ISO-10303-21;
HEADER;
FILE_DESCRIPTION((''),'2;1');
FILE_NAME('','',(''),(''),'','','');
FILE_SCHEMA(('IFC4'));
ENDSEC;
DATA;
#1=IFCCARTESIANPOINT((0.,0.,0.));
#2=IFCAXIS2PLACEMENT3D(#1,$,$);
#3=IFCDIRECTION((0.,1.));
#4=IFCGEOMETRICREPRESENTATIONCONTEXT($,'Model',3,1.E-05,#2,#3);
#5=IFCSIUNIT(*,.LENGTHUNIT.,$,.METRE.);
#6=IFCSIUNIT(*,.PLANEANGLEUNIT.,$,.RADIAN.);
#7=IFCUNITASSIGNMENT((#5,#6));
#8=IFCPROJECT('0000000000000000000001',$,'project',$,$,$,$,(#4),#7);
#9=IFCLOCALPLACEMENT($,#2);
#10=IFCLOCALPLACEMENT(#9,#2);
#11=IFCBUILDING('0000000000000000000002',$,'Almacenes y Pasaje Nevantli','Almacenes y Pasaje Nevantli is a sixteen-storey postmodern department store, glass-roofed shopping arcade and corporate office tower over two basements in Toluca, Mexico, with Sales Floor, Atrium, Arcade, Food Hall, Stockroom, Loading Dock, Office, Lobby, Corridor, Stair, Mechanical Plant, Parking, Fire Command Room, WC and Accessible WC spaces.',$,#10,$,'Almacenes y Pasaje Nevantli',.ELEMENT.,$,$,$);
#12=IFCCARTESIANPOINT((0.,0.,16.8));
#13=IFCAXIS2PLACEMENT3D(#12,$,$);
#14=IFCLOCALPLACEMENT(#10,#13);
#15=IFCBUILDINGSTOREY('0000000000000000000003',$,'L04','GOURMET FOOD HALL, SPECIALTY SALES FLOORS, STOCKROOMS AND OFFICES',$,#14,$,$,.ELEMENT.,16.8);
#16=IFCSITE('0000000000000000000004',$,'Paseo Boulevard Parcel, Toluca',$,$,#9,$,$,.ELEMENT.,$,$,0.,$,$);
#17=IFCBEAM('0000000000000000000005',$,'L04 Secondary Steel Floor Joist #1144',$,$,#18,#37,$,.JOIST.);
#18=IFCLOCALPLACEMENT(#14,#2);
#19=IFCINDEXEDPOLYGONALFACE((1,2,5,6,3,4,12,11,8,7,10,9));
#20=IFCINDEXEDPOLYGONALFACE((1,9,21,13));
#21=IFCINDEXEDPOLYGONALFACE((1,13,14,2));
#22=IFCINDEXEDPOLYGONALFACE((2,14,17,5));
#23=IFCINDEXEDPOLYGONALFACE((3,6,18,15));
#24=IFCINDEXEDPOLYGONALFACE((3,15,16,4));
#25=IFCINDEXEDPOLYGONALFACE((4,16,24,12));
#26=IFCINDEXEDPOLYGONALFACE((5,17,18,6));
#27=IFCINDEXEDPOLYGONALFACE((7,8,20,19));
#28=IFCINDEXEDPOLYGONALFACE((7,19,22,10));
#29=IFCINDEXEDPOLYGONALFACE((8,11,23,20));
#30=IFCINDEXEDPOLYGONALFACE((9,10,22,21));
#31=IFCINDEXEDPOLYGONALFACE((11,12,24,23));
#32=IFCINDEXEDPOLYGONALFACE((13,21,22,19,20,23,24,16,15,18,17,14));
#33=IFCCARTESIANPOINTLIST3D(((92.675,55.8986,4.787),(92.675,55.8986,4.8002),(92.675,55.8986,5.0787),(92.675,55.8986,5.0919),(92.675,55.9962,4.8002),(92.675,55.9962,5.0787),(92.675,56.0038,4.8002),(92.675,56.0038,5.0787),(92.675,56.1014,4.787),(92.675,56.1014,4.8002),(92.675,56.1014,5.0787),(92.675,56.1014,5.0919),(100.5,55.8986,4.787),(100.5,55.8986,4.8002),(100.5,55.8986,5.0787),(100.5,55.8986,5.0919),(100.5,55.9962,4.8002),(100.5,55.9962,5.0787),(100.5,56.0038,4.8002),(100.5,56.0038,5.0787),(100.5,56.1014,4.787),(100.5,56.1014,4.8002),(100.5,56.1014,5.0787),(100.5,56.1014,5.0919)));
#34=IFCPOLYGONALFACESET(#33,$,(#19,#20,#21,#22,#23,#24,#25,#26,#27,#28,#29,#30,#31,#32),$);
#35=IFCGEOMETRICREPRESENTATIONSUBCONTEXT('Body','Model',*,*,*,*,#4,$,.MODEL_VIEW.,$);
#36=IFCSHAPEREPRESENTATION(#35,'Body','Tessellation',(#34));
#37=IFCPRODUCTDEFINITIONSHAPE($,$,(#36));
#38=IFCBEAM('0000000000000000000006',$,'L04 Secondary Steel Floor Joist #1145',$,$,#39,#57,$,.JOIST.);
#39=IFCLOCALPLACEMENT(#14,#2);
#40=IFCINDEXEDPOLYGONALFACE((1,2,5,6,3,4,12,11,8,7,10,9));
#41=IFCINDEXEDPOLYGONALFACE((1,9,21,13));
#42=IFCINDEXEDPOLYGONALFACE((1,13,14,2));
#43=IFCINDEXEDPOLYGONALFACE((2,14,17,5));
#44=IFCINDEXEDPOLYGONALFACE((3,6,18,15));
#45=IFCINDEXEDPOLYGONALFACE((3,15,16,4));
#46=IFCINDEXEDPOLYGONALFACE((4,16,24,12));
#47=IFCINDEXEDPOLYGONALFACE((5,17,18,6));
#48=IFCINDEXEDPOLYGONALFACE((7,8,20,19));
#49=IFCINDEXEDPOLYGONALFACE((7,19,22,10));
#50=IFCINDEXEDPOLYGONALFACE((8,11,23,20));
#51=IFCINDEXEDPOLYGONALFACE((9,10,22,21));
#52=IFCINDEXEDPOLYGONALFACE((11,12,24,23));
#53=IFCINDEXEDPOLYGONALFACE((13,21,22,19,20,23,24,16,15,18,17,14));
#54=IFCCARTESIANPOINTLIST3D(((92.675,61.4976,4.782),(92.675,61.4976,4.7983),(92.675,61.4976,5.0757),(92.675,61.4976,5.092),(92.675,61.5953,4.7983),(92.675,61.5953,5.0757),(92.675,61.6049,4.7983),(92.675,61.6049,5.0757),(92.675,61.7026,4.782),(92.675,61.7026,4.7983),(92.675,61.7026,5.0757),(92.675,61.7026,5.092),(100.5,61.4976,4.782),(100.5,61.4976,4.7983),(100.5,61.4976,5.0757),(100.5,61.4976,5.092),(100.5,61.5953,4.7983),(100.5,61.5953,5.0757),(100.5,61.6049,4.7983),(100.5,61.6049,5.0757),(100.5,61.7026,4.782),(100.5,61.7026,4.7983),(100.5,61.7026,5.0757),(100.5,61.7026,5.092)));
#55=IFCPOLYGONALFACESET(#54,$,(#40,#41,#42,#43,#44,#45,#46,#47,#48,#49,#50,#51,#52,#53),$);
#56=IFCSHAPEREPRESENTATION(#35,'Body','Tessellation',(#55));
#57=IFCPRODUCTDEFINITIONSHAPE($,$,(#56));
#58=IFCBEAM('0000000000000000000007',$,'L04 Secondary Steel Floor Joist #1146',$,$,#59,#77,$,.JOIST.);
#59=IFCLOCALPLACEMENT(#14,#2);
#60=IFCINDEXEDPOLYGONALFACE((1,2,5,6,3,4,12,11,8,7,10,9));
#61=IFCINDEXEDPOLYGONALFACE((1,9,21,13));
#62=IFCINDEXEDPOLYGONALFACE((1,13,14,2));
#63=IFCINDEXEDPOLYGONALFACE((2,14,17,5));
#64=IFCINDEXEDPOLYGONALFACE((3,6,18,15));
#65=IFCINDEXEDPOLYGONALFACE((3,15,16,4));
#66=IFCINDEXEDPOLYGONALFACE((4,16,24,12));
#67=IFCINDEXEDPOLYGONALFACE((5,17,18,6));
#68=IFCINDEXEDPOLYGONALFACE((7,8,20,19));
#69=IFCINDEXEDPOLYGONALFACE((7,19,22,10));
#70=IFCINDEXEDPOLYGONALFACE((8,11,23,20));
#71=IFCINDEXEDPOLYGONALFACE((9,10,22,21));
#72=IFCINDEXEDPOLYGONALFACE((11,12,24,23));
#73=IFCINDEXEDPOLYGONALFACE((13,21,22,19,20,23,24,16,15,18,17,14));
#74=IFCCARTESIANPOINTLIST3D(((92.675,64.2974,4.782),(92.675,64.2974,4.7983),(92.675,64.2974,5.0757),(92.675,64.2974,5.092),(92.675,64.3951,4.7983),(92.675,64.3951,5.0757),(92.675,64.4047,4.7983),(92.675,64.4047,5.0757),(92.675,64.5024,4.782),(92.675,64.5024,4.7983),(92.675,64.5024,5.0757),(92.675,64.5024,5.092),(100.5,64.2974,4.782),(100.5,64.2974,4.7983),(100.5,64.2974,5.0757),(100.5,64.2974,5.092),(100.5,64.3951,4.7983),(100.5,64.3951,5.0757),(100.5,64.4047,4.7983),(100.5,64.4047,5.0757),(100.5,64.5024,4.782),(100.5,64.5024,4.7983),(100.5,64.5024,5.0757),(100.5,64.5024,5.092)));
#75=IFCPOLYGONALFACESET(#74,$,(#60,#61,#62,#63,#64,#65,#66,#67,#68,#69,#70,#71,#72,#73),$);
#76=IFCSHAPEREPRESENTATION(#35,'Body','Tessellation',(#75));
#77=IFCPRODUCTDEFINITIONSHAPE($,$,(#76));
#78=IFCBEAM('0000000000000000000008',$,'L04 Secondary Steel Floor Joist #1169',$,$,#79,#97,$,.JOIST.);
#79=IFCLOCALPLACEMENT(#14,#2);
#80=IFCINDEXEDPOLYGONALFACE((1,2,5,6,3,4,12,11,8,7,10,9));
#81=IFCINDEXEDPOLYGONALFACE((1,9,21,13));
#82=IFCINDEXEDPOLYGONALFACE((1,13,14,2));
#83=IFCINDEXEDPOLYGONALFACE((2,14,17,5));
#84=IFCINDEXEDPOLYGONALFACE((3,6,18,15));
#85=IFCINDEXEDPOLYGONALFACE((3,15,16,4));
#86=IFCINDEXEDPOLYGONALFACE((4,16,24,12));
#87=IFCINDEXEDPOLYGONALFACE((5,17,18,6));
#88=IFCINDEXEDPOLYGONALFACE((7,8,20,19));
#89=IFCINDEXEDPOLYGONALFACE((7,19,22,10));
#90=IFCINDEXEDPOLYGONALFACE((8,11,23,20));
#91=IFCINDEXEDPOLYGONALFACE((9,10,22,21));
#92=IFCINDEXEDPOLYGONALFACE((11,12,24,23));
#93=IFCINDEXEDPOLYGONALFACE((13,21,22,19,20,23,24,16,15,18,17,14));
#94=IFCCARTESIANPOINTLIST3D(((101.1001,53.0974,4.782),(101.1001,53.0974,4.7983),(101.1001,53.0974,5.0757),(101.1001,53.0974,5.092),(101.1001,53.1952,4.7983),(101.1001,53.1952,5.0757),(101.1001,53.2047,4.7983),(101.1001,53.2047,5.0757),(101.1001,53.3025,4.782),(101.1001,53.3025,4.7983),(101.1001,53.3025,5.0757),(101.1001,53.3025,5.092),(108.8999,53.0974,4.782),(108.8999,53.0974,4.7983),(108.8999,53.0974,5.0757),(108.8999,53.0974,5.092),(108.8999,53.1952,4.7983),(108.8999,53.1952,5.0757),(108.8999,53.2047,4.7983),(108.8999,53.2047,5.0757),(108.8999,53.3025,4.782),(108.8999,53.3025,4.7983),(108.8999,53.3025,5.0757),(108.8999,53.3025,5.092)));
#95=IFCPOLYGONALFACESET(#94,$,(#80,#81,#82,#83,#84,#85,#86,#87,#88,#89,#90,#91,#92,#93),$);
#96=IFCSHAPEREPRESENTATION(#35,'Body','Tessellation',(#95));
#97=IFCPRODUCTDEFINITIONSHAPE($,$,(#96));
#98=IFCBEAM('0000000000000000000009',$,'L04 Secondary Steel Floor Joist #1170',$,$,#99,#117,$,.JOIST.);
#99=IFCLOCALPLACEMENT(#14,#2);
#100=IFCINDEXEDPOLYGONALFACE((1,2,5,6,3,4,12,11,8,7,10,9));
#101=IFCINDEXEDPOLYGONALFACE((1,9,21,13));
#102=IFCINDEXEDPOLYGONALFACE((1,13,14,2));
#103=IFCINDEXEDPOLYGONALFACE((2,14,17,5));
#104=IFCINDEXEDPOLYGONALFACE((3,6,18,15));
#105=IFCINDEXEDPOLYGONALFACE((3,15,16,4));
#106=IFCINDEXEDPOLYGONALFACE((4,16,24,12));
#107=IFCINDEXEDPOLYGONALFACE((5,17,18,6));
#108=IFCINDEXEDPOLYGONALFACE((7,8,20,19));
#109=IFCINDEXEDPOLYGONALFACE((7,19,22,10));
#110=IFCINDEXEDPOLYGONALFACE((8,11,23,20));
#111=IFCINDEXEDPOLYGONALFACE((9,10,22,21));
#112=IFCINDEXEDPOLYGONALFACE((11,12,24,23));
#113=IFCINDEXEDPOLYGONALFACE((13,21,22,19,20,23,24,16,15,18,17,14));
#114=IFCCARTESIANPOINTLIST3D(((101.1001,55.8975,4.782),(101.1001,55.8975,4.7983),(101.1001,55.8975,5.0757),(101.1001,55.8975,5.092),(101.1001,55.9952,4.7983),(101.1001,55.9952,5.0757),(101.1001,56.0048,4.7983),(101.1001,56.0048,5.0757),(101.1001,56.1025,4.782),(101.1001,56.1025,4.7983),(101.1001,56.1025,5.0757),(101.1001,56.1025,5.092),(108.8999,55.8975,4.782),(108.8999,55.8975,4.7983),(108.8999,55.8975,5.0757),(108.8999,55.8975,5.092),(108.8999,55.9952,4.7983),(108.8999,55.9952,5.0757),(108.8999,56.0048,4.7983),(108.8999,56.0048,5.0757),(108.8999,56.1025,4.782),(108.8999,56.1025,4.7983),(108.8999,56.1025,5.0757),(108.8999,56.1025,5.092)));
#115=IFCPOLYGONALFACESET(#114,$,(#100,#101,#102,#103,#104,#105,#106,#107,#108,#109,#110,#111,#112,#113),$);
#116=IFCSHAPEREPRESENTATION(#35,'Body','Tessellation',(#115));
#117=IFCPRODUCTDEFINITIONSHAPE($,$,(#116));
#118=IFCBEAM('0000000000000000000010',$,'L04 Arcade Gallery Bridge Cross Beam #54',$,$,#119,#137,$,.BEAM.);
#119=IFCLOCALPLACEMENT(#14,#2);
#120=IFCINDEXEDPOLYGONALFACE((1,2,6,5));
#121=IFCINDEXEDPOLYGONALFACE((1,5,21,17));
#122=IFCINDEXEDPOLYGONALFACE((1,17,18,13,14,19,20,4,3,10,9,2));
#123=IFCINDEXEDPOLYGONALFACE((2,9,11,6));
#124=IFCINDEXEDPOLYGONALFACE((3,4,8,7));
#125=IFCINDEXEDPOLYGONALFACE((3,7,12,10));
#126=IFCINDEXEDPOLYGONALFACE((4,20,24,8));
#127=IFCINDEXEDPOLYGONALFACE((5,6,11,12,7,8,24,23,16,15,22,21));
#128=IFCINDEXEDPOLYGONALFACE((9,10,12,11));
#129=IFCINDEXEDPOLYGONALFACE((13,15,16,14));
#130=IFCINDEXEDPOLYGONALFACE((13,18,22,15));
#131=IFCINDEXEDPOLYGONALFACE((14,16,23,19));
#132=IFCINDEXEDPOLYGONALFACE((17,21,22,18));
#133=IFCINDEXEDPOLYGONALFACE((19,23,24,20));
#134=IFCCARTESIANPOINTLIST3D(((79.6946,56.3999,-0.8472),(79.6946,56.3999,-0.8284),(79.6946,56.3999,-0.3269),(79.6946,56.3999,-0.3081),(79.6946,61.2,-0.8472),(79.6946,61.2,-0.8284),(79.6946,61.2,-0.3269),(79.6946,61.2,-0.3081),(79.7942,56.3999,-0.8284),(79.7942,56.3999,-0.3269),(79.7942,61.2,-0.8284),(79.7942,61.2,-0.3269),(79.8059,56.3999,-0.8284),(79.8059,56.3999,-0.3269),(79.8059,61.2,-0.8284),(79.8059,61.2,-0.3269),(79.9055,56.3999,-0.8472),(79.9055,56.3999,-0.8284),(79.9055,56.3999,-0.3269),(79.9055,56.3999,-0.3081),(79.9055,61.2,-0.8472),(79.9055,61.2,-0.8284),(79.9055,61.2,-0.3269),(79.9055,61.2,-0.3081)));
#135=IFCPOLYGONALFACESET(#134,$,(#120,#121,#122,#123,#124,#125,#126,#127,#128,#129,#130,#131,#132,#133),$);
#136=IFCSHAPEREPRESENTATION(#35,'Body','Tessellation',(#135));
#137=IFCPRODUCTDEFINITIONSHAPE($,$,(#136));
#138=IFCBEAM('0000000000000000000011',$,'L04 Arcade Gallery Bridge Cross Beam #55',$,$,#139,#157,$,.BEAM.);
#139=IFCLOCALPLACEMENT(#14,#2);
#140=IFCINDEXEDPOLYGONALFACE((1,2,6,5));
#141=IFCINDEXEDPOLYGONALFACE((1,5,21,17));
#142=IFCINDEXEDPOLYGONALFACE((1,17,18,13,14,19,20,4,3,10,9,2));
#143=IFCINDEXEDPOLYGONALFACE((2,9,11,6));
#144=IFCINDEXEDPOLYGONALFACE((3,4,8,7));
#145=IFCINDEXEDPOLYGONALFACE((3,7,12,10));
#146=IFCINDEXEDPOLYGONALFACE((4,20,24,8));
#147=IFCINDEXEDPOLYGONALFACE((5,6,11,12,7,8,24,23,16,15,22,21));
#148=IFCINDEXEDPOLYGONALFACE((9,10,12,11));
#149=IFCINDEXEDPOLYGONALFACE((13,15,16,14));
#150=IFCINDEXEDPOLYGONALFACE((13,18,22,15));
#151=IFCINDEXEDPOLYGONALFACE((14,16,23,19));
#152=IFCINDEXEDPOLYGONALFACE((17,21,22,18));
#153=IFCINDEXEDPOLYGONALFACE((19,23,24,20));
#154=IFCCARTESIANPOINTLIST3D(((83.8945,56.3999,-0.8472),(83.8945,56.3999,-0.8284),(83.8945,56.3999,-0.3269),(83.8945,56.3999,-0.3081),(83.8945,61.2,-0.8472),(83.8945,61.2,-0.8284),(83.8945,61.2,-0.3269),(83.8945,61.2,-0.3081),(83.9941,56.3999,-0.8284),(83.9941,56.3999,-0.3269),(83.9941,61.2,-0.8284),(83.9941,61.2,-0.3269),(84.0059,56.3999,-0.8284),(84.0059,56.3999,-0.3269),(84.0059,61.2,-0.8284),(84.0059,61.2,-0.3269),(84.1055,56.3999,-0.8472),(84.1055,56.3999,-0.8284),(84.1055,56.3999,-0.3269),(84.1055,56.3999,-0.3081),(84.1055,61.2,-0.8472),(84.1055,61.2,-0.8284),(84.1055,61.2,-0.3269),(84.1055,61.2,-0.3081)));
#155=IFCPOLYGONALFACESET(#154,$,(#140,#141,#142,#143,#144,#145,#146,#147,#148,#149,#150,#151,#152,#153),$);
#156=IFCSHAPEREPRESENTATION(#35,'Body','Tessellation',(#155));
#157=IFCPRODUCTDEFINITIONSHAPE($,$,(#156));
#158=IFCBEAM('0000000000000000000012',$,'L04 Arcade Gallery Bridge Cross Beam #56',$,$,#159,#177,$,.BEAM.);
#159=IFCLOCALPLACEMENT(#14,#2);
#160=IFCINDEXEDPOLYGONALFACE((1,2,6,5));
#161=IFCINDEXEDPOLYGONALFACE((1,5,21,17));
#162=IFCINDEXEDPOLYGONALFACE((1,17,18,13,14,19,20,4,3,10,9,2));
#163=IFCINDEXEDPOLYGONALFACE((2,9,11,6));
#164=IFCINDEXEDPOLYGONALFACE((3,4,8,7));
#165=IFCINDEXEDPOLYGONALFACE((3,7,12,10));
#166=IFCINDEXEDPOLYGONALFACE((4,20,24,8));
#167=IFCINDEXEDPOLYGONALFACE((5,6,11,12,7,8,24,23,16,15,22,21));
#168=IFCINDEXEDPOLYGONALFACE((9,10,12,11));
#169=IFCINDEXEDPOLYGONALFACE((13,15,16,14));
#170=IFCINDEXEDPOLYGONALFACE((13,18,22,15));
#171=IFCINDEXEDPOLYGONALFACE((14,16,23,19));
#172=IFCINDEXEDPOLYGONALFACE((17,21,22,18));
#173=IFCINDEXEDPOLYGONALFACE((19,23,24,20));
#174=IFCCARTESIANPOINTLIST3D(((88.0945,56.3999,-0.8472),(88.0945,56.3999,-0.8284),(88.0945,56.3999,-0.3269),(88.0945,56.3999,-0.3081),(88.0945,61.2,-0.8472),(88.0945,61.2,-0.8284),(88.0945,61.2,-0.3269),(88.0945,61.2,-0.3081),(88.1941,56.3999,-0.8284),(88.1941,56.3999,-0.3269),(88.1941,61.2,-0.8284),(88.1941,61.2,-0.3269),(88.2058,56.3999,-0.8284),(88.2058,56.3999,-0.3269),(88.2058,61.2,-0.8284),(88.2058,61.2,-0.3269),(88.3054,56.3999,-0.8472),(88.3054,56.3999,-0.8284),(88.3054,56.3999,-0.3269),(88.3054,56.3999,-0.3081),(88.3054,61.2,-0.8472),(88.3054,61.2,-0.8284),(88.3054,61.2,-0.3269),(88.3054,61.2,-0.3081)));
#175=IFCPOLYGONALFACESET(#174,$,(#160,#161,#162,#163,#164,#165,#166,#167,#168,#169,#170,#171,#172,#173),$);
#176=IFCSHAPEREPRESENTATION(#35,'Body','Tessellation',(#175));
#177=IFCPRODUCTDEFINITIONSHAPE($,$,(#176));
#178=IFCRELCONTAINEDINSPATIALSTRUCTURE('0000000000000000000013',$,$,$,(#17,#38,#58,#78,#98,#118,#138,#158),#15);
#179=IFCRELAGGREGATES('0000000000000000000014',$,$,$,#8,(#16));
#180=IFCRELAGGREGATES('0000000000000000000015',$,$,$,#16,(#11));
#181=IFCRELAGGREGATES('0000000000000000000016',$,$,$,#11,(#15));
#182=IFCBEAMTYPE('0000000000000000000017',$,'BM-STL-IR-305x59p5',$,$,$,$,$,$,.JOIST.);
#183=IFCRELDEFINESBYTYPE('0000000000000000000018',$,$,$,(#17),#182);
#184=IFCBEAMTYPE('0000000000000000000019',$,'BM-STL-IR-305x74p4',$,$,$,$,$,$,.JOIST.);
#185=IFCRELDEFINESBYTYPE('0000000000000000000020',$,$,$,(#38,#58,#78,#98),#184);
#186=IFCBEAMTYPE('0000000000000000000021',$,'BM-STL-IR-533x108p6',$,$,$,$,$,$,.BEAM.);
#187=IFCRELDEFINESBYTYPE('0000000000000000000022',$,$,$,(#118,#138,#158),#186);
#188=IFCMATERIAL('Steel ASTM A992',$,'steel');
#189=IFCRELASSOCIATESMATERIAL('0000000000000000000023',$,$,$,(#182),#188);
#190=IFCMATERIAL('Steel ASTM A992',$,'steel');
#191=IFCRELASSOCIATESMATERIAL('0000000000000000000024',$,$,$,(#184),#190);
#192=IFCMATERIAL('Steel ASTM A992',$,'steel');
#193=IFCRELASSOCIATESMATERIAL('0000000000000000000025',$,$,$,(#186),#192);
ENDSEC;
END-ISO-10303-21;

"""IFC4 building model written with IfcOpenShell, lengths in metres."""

from ifc_helpers import new_model, si_unit, direction, frame, origin, origin_2d, place, context, subcontext, project, spatial, i_section, extrude, material, material_profile, profile_set, type_object, element, save


model = new_model("IFC4")

# Units and contexts
model_context = context("Model", 3, precision=1e-05, world=origin(), true_north=direction((0.0, 1.0)))
body_context = subcontext(model_context, "Body", "Model", "MODEL_VIEW")
ifc_project = project(units=[si_unit("LENGTHUNIT", "METRE"), si_unit("PLANEANGLEUNIT", "RADIAN")], contexts=[model_context])

# Site, building, storey
site_placement = place(None, origin())
site = spatial("IfcSite", under=ifc_project, at=site_placement, Name="Paseo Boulevard Parcel, Toluca", CompositionType="ELEMENT", RefElevation=0.0)
building_placement = place(site_placement, origin())
building = spatial("IfcBuilding", under=site, at=building_placement, Name="Almacenes y Pasaje Nevantli", Description="Almacenes y Pasaje Nevantli is a sixteen-storey postmodern department store, glass-roofed shopping arcade and corporate office tower over two basements in Toluca, Mexico, with Sales Floor, Atrium, Arcade, Food Hall, Stockroom, Loading Dock, Office, Lobby, Corridor, Stair, Mechanical Plant, Parking, Fire Command Room, WC and Accessible WC spaces.", LongName="Almacenes y Pasaje Nevantli", CompositionType="ELEMENT")
storey_placement = place(building_placement, frame((0.0, 0.0, 16.8)))
storey = spatial("IfcBuildingStorey", under=building, at=storey_placement, Name="L04", Description="GOURMET FOOD HALL, SPECIALTY SALES FLOORS, STOCKROOMS AND OFFICES", CompositionType="ELEMENT", Elevation=16.8)

# Beams
ifc_material_1 = material(Name="Steel ASTM A992", Category="steel")
ifc_material_profile_1 = material_profile(ifc_material_1, i_section(OverallWidth=0.2029, OverallDepth=0.3049, WebThickness=0.0076, FlangeThickness=0.0132, at=origin_2d()), Name="IR 305x59.5")
ifc_profile_set_1 = profile_set([ifc_material_profile_1], Name="Steel ASTM A992")
beam_type_1 = type_object("IfcBeamType", Name="BM-STL-IR-305x59p5", PredefinedType="JOIST", material=ifc_profile_set_1)
for number, where, z_axis, x_axis, name in (
    (1, (92.675, 56.0, 4.9395), (1.0, 0.0, 0.0), (0.0, 1.0, 0.0), "L04 Secondary Steel Floor Joist #1144"),
):
    element("IfcBeam", number, at=place(storey_placement, frame(where, z_axis=z_axis, x_axis=x_axis)), inside=storey, type_object=beam_type_1, Name=name, PredefinedType="JOIST", context=body_context, shape_type="SweptSolid", body=[
        extrude(i_section(OverallWidth=0.2029, OverallDepth=0.3049, WebThickness=0.0076, FlangeThickness=0.0132, at=origin_2d()), origin(), (0.0, 0.0, 1.0), 7.825),
    ])
ifc_material_2 = material(Name="Steel ASTM A992", Category="steel")
ifc_material_profile_2 = material_profile(ifc_material_2, i_section(OverallWidth=0.2051, OverallDepth=0.3101, WebThickness=0.0095, FlangeThickness=0.0164, at=origin_2d()), Name="IR 305x74.4")
ifc_profile_set_2 = profile_set([ifc_material_profile_2], Name="Steel ASTM A992")
beam_type_2 = type_object("IfcBeamType", Name="BM-STL-IR-305x74p4", PredefinedType="JOIST", material=ifc_profile_set_2)
for number, where, z_axis, x_axis, name in (
    (2, (92.675, 61.6001, 4.937), (1.0, 0.0, 0.0), (0.0, 1.0, 0.0), "L04 Secondary Steel Floor Joist #1145"),
    (3, (92.675, 64.3999, 4.937), (1.0, 0.0, 0.0), (0.0, 1.0, 0.0), "L04 Secondary Steel Floor Joist #1146"),
):
    element("IfcBeam", number, at=place(storey_placement, frame(where, z_axis=z_axis, x_axis=x_axis)), inside=storey, type_object=beam_type_2, Name=name, PredefinedType="JOIST", context=body_context, shape_type="SweptSolid", body=[
        extrude(i_section(OverallWidth=0.2051, OverallDepth=0.3101, WebThickness=0.0095, FlangeThickness=0.0164, at=origin_2d()), origin(), (0.0, 0.0, 1.0), 7.825),
    ])
for number, where, z_axis, x_axis, name in (
    (4, (101.1001, 53.2, 4.937), (1.0, 0.0, 0.0), (0.0, 1.0, 0.0), "L04 Secondary Steel Floor Joist #1169"),
    (5, (101.1001, 56.0, 4.937), (1.0, 0.0, 0.0), (0.0, 1.0, 0.0), "L04 Secondary Steel Floor Joist #1170"),
):
    element("IfcBeam", number, at=place(storey_placement, frame(where, z_axis=z_axis, x_axis=x_axis)), inside=storey, type_object=beam_type_2, Name=name, PredefinedType="JOIST", context=body_context, shape_type="SweptSolid", body=[
        extrude(i_section(OverallWidth=0.2051, OverallDepth=0.3101, WebThickness=0.0095, FlangeThickness=0.0164, at=origin_2d()), origin(), (0.0, 0.0, 1.0), 7.7998),
    ])
ifc_material_3 = material(Name="Steel ASTM A992", Category="steel")
ifc_material_profile_3 = material_profile(ifc_material_3, i_section(OverallWidth=0.2109, OverallDepth=0.5391, WebThickness=0.0117, FlangeThickness=0.0188, at=origin_2d()), Name="IR 533x108.6")
ifc_profile_set_3 = profile_set([ifc_material_profile_3], Name="Steel ASTM A992")
beam_type_3 = type_object("IfcBeamType", Name="BM-STL-IR-533x108p6", PredefinedType="BEAM", material=ifc_profile_set_3)
for number, where, z_axis, x_axis, name in (
    (6, (79.8, 56.3999, -0.5776), (0.0, 1.0, 0.0), (-1.0, 0.0, 0.0), "L04 Arcade Gallery Bridge Cross Beam #54"),
    (7, (84.0, 56.3999, -0.5776), (0.0, 1.0, 0.0), (-1.0, 0.0, 0.0), "L04 Arcade Gallery Bridge Cross Beam #55"),
    (8, (88.2, 56.3999, -0.5776), (0.0, 1.0, 0.0), (-1.0, 0.0, 0.0), "L04 Arcade Gallery Bridge Cross Beam #56"),
):
    element("IfcBeam", number, at=place(storey_placement, frame(where, z_axis=z_axis, x_axis=x_axis)), inside=storey, type_object=beam_type_3, Name=name, PredefinedType="BEAM", context=body_context, shape_type="SweptSolid", body=[
        extrude(i_section(OverallWidth=0.2109, OverallDepth=0.5391, WebThickness=0.0117, FlangeThickness=0.0188, at=origin_2d()), origin(), (0.0, 0.0, 1.0), 4.8),
    ])

save(model, "model.ifc")
